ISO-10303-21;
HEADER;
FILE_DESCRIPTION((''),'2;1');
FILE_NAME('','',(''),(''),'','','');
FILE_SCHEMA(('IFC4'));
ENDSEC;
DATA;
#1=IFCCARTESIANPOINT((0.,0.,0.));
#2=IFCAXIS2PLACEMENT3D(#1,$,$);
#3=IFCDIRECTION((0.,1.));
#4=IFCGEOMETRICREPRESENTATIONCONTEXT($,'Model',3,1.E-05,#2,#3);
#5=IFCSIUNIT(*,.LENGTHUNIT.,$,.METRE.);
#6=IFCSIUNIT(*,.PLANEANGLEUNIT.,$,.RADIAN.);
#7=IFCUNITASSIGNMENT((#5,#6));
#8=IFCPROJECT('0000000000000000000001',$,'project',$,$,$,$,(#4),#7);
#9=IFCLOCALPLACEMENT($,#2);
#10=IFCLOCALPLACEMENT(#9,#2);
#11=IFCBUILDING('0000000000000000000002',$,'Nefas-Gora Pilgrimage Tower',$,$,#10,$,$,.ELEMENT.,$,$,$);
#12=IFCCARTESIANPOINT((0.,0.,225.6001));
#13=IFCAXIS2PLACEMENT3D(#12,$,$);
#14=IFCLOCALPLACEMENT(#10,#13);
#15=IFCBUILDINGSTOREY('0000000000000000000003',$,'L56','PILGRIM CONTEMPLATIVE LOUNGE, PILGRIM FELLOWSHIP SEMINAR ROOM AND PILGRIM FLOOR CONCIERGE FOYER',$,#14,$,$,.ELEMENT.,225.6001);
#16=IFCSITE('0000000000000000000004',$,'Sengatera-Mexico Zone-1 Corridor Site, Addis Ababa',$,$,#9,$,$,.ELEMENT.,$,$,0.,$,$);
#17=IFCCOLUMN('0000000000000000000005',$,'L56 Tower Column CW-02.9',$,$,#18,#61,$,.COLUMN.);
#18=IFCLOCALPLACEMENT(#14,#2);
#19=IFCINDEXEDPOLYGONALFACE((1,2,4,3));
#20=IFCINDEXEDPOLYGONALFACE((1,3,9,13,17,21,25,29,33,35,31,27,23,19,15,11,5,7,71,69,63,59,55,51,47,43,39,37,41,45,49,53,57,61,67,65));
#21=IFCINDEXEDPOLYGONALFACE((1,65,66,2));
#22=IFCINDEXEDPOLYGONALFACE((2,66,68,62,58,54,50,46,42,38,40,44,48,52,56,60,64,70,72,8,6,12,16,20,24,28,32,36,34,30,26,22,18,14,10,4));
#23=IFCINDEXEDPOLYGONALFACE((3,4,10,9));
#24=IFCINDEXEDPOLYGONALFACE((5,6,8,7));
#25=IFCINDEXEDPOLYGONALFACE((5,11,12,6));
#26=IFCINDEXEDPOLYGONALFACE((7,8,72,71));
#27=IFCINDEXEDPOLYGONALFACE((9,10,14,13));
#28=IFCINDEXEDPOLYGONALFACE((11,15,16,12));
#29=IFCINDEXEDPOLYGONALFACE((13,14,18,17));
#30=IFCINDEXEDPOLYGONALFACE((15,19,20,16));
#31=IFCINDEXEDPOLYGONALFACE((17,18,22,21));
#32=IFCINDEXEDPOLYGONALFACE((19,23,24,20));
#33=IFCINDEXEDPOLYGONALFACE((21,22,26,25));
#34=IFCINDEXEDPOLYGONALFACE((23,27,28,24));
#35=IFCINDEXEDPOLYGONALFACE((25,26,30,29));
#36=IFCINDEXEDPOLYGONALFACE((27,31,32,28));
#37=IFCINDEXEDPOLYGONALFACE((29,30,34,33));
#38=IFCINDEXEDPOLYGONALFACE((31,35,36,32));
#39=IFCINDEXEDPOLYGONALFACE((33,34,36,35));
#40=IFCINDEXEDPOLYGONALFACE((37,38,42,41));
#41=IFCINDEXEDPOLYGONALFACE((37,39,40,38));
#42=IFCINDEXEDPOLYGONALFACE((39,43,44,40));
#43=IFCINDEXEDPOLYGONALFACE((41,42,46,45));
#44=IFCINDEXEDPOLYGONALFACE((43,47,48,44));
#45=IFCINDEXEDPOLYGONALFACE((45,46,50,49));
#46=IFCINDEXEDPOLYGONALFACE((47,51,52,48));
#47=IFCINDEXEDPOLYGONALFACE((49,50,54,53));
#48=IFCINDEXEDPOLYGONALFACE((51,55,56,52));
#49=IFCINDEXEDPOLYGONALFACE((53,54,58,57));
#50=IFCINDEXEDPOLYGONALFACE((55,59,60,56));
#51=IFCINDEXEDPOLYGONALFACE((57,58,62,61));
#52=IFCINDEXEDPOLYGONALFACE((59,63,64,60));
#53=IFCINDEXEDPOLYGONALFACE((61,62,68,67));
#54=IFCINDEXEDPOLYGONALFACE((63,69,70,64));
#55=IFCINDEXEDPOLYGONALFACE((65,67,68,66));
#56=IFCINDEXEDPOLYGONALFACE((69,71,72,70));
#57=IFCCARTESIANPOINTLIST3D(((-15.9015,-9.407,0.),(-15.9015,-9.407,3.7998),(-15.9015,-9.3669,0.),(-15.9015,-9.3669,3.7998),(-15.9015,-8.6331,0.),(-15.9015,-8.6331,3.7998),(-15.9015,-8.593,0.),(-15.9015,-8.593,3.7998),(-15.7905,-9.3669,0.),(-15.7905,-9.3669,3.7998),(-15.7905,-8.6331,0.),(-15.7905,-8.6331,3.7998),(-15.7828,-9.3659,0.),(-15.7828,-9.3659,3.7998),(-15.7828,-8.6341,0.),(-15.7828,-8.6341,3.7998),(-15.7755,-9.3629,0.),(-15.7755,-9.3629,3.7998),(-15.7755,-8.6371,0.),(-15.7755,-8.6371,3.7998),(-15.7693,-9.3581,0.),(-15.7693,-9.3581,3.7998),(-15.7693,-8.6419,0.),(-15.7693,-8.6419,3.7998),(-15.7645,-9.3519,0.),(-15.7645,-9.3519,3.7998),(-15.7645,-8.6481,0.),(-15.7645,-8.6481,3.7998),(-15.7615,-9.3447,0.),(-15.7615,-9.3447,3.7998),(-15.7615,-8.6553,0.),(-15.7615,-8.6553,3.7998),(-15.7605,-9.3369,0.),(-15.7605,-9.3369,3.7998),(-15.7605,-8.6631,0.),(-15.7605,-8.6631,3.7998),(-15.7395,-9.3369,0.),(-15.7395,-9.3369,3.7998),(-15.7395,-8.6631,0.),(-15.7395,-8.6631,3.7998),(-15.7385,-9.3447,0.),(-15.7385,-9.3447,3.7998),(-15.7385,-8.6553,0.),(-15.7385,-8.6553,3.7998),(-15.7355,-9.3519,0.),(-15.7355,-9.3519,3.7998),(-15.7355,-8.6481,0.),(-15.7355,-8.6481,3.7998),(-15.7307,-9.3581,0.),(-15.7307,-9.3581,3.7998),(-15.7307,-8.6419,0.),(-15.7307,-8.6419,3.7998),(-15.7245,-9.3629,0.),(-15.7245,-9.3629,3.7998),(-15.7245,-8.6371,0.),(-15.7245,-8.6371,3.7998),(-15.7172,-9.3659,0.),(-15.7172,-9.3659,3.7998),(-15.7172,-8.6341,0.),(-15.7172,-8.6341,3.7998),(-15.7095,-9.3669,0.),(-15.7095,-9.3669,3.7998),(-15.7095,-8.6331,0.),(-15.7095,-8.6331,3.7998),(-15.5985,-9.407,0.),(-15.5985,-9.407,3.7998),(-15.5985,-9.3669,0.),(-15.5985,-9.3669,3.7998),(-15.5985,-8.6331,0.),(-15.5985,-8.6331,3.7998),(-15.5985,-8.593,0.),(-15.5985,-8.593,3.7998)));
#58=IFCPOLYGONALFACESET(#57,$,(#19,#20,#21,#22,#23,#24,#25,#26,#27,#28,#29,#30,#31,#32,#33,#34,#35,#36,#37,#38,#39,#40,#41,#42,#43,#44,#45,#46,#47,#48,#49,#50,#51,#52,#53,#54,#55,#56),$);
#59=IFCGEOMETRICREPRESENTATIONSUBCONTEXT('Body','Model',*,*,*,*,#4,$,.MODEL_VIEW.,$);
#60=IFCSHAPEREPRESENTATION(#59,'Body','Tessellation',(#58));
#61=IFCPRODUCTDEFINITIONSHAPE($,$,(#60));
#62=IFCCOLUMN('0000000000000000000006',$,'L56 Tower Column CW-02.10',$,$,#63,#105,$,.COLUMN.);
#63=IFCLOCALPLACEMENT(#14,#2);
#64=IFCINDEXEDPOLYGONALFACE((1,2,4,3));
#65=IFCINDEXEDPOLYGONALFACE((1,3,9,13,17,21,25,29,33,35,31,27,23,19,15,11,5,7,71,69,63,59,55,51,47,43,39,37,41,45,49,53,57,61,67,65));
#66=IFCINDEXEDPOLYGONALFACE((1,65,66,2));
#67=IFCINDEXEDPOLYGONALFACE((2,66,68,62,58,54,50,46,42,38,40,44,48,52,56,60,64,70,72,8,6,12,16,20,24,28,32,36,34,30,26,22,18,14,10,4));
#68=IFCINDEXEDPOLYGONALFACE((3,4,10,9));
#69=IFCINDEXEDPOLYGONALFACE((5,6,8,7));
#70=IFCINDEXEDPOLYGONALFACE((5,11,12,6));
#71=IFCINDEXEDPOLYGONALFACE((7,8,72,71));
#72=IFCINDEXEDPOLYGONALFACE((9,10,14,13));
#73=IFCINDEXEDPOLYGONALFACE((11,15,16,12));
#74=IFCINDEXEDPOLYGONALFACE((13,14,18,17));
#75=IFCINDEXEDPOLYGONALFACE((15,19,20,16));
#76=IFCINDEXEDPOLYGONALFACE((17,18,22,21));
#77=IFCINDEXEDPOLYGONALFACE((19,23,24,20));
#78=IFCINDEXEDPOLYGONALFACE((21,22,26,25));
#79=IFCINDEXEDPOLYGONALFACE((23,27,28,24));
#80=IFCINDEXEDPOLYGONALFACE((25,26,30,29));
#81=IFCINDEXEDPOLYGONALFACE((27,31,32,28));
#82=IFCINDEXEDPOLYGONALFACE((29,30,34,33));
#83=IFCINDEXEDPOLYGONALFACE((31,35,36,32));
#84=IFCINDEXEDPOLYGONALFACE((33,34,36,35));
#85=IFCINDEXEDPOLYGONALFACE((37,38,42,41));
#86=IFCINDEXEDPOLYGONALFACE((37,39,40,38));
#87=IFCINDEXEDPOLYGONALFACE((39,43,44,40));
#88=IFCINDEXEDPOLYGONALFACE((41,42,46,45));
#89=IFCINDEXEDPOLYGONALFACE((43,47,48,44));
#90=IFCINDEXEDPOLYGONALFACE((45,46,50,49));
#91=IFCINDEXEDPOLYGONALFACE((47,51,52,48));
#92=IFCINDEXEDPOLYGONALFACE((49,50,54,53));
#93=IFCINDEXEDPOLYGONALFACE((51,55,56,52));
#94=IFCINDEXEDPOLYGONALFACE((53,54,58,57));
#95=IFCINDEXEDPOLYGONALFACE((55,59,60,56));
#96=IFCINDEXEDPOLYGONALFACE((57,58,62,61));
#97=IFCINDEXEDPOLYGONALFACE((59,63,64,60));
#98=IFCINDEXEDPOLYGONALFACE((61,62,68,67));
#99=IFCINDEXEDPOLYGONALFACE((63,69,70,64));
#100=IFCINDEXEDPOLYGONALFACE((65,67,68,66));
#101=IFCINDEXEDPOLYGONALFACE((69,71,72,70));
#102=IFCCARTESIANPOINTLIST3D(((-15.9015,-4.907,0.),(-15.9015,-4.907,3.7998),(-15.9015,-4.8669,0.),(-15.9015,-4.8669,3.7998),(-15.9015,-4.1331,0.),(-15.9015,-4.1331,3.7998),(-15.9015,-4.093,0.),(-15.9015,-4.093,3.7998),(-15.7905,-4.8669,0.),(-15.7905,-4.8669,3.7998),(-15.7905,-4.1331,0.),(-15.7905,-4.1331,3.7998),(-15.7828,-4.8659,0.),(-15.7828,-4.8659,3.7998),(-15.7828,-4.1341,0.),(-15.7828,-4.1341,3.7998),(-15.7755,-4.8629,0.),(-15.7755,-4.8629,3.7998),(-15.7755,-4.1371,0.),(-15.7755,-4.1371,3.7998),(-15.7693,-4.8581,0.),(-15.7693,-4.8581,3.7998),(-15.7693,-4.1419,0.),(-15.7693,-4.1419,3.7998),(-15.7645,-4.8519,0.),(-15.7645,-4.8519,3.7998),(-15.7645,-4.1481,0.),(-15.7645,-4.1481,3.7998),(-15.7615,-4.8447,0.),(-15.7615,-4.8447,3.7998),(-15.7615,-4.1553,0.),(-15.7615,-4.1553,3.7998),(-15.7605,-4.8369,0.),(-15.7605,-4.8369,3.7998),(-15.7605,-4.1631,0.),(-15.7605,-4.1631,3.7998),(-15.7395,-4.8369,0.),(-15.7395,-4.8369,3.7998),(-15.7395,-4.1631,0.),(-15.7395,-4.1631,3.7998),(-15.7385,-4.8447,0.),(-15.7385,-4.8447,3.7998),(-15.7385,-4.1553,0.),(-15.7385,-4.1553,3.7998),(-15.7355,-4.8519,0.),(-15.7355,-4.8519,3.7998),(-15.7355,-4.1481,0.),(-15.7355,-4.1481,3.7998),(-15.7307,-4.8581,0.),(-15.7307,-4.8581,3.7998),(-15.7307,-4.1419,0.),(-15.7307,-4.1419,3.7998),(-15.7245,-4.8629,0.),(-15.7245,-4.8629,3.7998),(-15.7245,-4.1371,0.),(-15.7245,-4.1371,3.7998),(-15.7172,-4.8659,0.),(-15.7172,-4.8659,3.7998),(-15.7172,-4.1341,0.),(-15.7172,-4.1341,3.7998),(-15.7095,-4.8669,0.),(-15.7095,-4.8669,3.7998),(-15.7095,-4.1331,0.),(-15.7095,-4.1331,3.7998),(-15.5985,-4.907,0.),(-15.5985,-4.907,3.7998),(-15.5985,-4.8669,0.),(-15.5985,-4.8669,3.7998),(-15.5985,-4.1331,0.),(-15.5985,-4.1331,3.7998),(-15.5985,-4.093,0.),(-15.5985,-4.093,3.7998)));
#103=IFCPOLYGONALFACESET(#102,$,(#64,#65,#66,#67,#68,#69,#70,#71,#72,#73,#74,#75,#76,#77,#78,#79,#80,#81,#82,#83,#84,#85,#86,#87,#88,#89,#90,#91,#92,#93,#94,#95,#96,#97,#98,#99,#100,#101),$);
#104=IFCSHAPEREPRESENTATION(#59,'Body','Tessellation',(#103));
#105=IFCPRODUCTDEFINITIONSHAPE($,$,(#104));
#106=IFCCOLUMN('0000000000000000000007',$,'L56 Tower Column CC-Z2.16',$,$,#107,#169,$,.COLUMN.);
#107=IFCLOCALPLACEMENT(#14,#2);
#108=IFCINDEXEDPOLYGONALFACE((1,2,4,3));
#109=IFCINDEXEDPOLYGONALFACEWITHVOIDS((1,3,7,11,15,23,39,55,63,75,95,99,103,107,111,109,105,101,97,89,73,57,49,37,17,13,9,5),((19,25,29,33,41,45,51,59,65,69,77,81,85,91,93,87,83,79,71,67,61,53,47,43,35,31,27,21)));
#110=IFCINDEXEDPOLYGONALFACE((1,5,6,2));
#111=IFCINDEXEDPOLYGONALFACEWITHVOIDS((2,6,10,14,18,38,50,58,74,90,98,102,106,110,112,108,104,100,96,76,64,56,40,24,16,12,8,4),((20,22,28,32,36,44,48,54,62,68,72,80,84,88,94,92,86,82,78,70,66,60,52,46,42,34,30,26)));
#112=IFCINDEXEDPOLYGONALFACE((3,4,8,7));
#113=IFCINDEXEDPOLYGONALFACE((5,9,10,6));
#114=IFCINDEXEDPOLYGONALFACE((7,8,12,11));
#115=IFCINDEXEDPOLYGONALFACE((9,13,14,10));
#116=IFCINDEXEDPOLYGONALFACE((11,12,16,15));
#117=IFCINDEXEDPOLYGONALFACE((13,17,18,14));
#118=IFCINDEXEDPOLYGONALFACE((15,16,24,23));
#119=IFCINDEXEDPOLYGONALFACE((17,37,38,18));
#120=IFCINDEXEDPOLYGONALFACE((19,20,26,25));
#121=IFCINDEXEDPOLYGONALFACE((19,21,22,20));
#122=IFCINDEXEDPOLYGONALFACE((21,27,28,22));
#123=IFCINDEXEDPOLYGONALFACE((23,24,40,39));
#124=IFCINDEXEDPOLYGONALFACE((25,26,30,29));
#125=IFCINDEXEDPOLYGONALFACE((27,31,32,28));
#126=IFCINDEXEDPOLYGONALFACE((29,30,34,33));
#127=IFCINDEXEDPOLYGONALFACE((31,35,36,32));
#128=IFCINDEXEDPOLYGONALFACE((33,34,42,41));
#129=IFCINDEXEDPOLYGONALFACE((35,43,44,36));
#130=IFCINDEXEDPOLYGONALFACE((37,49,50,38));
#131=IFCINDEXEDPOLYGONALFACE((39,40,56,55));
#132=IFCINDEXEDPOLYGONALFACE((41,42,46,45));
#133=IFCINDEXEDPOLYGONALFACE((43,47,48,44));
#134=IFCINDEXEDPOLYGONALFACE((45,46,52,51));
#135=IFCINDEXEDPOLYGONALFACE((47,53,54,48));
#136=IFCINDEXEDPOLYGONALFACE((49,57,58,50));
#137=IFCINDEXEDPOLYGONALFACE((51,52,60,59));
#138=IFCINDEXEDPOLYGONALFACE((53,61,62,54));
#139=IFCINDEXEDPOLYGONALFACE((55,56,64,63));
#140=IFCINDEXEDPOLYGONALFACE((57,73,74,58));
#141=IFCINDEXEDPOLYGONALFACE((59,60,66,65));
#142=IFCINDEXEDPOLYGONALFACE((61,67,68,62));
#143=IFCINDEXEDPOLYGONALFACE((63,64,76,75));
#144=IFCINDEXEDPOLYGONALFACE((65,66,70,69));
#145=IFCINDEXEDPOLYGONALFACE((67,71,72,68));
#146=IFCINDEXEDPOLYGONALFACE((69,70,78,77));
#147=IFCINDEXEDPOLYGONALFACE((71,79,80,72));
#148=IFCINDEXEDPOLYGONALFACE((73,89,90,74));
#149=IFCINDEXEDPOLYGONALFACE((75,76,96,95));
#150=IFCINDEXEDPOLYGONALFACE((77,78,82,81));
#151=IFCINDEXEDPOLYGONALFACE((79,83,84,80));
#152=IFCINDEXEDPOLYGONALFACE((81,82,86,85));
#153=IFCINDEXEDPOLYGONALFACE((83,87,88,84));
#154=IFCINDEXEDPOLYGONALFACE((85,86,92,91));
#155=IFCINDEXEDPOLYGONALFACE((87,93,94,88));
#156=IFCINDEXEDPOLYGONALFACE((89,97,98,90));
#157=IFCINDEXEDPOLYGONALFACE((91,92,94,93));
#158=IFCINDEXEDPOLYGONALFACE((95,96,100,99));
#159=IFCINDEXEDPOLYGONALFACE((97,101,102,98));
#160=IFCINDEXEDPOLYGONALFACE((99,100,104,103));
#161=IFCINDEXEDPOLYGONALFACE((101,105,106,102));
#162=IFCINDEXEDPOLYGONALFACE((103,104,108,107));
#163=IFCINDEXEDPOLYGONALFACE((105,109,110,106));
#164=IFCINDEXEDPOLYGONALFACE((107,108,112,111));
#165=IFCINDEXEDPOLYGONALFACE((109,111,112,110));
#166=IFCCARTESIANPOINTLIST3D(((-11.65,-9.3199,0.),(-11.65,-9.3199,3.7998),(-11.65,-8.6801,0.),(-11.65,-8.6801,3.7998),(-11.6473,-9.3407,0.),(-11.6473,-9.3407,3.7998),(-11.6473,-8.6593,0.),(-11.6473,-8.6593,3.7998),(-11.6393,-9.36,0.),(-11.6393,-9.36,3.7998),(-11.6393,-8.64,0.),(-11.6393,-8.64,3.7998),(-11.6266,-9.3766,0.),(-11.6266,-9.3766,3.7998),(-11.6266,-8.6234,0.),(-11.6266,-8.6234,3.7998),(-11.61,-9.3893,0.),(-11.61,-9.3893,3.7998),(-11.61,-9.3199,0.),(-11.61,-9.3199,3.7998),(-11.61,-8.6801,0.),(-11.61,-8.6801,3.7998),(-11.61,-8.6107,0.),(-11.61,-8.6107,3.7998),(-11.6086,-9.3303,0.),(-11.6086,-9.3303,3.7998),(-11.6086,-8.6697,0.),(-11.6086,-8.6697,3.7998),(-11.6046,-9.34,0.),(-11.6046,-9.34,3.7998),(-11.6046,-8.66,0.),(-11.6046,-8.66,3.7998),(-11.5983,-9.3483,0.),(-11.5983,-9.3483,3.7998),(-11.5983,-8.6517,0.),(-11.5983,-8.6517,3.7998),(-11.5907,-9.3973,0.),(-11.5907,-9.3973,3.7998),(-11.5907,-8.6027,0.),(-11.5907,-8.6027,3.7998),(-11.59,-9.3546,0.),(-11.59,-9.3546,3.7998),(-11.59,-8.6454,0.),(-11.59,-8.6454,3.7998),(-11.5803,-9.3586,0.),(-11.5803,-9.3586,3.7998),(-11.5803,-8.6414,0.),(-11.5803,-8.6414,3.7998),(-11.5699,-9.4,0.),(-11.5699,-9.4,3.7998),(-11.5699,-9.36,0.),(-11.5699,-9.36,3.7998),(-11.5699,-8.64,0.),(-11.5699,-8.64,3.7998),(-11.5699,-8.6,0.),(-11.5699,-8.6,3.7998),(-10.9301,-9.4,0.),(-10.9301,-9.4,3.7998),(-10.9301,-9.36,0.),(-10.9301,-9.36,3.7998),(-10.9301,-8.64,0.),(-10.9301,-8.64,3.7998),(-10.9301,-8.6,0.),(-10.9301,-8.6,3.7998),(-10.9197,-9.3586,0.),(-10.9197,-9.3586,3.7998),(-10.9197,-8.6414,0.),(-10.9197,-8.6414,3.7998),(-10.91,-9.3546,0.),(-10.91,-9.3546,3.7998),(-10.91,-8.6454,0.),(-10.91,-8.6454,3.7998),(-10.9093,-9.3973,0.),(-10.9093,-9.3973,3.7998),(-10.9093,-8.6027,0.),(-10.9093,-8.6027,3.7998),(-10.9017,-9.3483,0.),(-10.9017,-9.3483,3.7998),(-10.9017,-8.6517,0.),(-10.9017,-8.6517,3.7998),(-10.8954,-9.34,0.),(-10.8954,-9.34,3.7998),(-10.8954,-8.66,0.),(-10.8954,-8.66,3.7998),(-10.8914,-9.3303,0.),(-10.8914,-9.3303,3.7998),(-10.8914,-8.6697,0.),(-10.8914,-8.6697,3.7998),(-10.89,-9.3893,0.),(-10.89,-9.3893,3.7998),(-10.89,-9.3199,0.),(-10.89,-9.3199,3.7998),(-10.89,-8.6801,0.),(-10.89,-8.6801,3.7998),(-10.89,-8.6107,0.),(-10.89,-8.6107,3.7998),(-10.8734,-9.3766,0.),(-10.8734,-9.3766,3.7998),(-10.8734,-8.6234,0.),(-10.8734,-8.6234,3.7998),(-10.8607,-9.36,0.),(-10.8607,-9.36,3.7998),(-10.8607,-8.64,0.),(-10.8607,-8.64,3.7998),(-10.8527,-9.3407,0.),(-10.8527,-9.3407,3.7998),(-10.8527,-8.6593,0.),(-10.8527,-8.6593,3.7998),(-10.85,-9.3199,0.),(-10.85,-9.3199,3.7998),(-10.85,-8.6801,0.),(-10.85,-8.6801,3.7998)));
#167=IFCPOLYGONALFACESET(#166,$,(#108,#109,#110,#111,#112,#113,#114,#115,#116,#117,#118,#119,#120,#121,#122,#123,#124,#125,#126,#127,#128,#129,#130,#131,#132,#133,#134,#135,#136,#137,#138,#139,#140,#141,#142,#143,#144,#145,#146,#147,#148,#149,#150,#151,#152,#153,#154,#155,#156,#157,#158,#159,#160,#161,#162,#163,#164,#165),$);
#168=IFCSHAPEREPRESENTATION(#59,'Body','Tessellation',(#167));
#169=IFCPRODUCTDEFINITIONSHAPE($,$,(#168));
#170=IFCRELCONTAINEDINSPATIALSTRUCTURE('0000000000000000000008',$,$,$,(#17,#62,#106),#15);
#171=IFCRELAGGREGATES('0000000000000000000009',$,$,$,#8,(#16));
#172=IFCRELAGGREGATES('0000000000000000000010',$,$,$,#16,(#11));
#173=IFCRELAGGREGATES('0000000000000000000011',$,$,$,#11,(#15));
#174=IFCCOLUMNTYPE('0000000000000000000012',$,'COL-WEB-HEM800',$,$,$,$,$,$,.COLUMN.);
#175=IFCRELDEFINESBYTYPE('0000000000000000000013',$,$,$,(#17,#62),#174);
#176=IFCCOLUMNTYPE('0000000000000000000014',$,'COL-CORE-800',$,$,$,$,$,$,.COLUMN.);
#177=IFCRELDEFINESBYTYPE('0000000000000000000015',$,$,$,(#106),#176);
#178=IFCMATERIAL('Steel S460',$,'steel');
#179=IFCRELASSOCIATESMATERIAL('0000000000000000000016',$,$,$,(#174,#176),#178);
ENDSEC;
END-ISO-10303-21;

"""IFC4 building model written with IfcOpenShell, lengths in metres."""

from ifc_helpers import new_model, si_unit, direction, frame, origin, origin_2d, place, context, subcontext, project, spatial, hollow_rectangle, i_section, extrude, source, transform, mapped, material, material_profile, profile_set, type_object, element, save


model = new_model("IFC4")

# Units and contexts
model_context = context("Model", 3, precision=1e-05, world=origin(), true_north=direction((0.0, 1.0)))
body_context = subcontext(model_context, "Body", "Model", "MODEL_VIEW")
ifc_project = project(units=[si_unit("LENGTHUNIT", "METRE"), si_unit("PLANEANGLEUNIT", "RADIAN")], contexts=[model_context])

# Site, building, storey
site_placement = place(None, origin())
site = spatial("IfcSite", under=ifc_project, at=site_placement, Name="Sengatera-Mexico Zone-1 Corridor Site, Addis Ababa", CompositionType="ELEMENT", RefElevation=0.0)
building_placement = place(site_placement, origin())
building = spatial("IfcBuilding", under=site, at=building_placement, Name="Nefas-Gora Pilgrimage Tower", CompositionType="ELEMENT")
storey_placement = place(building_placement, frame((0.0, 0.0, 225.6001)))
storey = spatial("IfcBuildingStorey", under=building, at=storey_placement, Name="L56", Description="PILGRIM CONTEMPLATIVE LOUNGE, PILGRIM FELLOWSHIP SEMINAR ROOM AND PILGRIM FLOOR CONCIERGE FOYER", CompositionType="ELEMENT", Elevation=225.6001)

# Columns
ifc_material_1 = material(Name="Steel S460", Category="steel")
ifc_material_profile_1 = material_profile(ifc_material_1, i_section(OverallWidth=0.303, OverallDepth=0.814, WebThickness=0.021, FlangeThickness=0.04, FilletRadius=0.03, at=origin_2d()), Name="HEM 800")
ifc_profile_set_1 = profile_set([ifc_material_profile_1], Name="Steel S460")
column_type_1 = type_object("IfcColumnType", Name="COL-WEB-HEM800", PredefinedType="COLUMN", material=ifc_profile_set_1)
shared_shape_1 = source(origin(), body_context, "Body", "SweptSolid", [
    extrude(i_section(OverallWidth=0.303, OverallDepth=0.814, WebThickness=0.021, FlangeThickness=0.04, FilletRadius=0.03, at=origin_2d()), origin(), (0.0, 0.0, 1.0), 3.7998),
])
for number, where, z_axis, x_axis, name in (
    (1, (-15.75, -9.0, 0.0), (0.0, 0.0, 1.0), (1.0, 0.0, 0.0), "L56 Tower Column CW-02.9"),
    (2, (-15.75, -4.5, 0.0), (0.0, 0.0, 1.0), (1.0, 0.0, 0.0), "L56 Tower Column CW-02.10"),
):
    element("IfcColumn", number, at=place(storey_placement, frame(where, z_axis=z_axis, x_axis=x_axis)), inside=storey, type_object=column_type_1, Name=name, PredefinedType="COLUMN", context=body_context, shape_type="MappedRepresentation", body=[
        mapped(shared_shape_1, transform((0.0, 0.0, 0.0), x_axis=(1.0, 0.0, 0.0), y_axis=(0.0, 1.0, 0.0), z_axis=(0.0, 0.0, 1.0), scale=1.0)),
    ])
ifc_material_profile_2 = material_profile(ifc_material_1, hollow_rectangle(XDim=0.8, YDim=0.8, WallThickness=0.04, InnerFilletRadius=0.04, OuterFilletRadius=0.0801, at=origin_2d()), Name="BOX 800x800x40")
ifc_profile_set_2 = profile_set([ifc_material_profile_2], Name="Steel S460")
column_type_2 = type_object("IfcColumnType", Name="COL-CORE-800", PredefinedType="COLUMN", material=ifc_profile_set_2)
shared_shape_2 = source(origin(), body_context, "Body", "SweptSolid", [
    extrude(hollow_rectangle(XDim=0.8, YDim=0.8, WallThickness=0.04, InnerFilletRadius=0.04, OuterFilletRadius=0.0801, at=origin_2d()), origin(), (0.0, 0.0, 1.0), 3.7998),
])
column_placement = place(storey_placement, frame((-11.25, -9.0, 0.0), z_axis=(0.0, 0.0, 1.0), x_axis=(1.0, 0.0, 0.0)))
element("IfcColumn", 3, at=column_placement, inside=storey, type_object=column_type_2, Name="L56 Tower Column CC-Z2.16", PredefinedType="COLUMN", context=body_context, shape_type="MappedRepresentation", body=[
    mapped(shared_shape_2, transform((0.0, 0.0, 0.0), x_axis=(1.0, 0.0, 0.0), y_axis=(0.0, 1.0, 0.0), z_axis=(0.0, 0.0, 1.0), scale=1.0)),
])

save(model, "model.ifc")
